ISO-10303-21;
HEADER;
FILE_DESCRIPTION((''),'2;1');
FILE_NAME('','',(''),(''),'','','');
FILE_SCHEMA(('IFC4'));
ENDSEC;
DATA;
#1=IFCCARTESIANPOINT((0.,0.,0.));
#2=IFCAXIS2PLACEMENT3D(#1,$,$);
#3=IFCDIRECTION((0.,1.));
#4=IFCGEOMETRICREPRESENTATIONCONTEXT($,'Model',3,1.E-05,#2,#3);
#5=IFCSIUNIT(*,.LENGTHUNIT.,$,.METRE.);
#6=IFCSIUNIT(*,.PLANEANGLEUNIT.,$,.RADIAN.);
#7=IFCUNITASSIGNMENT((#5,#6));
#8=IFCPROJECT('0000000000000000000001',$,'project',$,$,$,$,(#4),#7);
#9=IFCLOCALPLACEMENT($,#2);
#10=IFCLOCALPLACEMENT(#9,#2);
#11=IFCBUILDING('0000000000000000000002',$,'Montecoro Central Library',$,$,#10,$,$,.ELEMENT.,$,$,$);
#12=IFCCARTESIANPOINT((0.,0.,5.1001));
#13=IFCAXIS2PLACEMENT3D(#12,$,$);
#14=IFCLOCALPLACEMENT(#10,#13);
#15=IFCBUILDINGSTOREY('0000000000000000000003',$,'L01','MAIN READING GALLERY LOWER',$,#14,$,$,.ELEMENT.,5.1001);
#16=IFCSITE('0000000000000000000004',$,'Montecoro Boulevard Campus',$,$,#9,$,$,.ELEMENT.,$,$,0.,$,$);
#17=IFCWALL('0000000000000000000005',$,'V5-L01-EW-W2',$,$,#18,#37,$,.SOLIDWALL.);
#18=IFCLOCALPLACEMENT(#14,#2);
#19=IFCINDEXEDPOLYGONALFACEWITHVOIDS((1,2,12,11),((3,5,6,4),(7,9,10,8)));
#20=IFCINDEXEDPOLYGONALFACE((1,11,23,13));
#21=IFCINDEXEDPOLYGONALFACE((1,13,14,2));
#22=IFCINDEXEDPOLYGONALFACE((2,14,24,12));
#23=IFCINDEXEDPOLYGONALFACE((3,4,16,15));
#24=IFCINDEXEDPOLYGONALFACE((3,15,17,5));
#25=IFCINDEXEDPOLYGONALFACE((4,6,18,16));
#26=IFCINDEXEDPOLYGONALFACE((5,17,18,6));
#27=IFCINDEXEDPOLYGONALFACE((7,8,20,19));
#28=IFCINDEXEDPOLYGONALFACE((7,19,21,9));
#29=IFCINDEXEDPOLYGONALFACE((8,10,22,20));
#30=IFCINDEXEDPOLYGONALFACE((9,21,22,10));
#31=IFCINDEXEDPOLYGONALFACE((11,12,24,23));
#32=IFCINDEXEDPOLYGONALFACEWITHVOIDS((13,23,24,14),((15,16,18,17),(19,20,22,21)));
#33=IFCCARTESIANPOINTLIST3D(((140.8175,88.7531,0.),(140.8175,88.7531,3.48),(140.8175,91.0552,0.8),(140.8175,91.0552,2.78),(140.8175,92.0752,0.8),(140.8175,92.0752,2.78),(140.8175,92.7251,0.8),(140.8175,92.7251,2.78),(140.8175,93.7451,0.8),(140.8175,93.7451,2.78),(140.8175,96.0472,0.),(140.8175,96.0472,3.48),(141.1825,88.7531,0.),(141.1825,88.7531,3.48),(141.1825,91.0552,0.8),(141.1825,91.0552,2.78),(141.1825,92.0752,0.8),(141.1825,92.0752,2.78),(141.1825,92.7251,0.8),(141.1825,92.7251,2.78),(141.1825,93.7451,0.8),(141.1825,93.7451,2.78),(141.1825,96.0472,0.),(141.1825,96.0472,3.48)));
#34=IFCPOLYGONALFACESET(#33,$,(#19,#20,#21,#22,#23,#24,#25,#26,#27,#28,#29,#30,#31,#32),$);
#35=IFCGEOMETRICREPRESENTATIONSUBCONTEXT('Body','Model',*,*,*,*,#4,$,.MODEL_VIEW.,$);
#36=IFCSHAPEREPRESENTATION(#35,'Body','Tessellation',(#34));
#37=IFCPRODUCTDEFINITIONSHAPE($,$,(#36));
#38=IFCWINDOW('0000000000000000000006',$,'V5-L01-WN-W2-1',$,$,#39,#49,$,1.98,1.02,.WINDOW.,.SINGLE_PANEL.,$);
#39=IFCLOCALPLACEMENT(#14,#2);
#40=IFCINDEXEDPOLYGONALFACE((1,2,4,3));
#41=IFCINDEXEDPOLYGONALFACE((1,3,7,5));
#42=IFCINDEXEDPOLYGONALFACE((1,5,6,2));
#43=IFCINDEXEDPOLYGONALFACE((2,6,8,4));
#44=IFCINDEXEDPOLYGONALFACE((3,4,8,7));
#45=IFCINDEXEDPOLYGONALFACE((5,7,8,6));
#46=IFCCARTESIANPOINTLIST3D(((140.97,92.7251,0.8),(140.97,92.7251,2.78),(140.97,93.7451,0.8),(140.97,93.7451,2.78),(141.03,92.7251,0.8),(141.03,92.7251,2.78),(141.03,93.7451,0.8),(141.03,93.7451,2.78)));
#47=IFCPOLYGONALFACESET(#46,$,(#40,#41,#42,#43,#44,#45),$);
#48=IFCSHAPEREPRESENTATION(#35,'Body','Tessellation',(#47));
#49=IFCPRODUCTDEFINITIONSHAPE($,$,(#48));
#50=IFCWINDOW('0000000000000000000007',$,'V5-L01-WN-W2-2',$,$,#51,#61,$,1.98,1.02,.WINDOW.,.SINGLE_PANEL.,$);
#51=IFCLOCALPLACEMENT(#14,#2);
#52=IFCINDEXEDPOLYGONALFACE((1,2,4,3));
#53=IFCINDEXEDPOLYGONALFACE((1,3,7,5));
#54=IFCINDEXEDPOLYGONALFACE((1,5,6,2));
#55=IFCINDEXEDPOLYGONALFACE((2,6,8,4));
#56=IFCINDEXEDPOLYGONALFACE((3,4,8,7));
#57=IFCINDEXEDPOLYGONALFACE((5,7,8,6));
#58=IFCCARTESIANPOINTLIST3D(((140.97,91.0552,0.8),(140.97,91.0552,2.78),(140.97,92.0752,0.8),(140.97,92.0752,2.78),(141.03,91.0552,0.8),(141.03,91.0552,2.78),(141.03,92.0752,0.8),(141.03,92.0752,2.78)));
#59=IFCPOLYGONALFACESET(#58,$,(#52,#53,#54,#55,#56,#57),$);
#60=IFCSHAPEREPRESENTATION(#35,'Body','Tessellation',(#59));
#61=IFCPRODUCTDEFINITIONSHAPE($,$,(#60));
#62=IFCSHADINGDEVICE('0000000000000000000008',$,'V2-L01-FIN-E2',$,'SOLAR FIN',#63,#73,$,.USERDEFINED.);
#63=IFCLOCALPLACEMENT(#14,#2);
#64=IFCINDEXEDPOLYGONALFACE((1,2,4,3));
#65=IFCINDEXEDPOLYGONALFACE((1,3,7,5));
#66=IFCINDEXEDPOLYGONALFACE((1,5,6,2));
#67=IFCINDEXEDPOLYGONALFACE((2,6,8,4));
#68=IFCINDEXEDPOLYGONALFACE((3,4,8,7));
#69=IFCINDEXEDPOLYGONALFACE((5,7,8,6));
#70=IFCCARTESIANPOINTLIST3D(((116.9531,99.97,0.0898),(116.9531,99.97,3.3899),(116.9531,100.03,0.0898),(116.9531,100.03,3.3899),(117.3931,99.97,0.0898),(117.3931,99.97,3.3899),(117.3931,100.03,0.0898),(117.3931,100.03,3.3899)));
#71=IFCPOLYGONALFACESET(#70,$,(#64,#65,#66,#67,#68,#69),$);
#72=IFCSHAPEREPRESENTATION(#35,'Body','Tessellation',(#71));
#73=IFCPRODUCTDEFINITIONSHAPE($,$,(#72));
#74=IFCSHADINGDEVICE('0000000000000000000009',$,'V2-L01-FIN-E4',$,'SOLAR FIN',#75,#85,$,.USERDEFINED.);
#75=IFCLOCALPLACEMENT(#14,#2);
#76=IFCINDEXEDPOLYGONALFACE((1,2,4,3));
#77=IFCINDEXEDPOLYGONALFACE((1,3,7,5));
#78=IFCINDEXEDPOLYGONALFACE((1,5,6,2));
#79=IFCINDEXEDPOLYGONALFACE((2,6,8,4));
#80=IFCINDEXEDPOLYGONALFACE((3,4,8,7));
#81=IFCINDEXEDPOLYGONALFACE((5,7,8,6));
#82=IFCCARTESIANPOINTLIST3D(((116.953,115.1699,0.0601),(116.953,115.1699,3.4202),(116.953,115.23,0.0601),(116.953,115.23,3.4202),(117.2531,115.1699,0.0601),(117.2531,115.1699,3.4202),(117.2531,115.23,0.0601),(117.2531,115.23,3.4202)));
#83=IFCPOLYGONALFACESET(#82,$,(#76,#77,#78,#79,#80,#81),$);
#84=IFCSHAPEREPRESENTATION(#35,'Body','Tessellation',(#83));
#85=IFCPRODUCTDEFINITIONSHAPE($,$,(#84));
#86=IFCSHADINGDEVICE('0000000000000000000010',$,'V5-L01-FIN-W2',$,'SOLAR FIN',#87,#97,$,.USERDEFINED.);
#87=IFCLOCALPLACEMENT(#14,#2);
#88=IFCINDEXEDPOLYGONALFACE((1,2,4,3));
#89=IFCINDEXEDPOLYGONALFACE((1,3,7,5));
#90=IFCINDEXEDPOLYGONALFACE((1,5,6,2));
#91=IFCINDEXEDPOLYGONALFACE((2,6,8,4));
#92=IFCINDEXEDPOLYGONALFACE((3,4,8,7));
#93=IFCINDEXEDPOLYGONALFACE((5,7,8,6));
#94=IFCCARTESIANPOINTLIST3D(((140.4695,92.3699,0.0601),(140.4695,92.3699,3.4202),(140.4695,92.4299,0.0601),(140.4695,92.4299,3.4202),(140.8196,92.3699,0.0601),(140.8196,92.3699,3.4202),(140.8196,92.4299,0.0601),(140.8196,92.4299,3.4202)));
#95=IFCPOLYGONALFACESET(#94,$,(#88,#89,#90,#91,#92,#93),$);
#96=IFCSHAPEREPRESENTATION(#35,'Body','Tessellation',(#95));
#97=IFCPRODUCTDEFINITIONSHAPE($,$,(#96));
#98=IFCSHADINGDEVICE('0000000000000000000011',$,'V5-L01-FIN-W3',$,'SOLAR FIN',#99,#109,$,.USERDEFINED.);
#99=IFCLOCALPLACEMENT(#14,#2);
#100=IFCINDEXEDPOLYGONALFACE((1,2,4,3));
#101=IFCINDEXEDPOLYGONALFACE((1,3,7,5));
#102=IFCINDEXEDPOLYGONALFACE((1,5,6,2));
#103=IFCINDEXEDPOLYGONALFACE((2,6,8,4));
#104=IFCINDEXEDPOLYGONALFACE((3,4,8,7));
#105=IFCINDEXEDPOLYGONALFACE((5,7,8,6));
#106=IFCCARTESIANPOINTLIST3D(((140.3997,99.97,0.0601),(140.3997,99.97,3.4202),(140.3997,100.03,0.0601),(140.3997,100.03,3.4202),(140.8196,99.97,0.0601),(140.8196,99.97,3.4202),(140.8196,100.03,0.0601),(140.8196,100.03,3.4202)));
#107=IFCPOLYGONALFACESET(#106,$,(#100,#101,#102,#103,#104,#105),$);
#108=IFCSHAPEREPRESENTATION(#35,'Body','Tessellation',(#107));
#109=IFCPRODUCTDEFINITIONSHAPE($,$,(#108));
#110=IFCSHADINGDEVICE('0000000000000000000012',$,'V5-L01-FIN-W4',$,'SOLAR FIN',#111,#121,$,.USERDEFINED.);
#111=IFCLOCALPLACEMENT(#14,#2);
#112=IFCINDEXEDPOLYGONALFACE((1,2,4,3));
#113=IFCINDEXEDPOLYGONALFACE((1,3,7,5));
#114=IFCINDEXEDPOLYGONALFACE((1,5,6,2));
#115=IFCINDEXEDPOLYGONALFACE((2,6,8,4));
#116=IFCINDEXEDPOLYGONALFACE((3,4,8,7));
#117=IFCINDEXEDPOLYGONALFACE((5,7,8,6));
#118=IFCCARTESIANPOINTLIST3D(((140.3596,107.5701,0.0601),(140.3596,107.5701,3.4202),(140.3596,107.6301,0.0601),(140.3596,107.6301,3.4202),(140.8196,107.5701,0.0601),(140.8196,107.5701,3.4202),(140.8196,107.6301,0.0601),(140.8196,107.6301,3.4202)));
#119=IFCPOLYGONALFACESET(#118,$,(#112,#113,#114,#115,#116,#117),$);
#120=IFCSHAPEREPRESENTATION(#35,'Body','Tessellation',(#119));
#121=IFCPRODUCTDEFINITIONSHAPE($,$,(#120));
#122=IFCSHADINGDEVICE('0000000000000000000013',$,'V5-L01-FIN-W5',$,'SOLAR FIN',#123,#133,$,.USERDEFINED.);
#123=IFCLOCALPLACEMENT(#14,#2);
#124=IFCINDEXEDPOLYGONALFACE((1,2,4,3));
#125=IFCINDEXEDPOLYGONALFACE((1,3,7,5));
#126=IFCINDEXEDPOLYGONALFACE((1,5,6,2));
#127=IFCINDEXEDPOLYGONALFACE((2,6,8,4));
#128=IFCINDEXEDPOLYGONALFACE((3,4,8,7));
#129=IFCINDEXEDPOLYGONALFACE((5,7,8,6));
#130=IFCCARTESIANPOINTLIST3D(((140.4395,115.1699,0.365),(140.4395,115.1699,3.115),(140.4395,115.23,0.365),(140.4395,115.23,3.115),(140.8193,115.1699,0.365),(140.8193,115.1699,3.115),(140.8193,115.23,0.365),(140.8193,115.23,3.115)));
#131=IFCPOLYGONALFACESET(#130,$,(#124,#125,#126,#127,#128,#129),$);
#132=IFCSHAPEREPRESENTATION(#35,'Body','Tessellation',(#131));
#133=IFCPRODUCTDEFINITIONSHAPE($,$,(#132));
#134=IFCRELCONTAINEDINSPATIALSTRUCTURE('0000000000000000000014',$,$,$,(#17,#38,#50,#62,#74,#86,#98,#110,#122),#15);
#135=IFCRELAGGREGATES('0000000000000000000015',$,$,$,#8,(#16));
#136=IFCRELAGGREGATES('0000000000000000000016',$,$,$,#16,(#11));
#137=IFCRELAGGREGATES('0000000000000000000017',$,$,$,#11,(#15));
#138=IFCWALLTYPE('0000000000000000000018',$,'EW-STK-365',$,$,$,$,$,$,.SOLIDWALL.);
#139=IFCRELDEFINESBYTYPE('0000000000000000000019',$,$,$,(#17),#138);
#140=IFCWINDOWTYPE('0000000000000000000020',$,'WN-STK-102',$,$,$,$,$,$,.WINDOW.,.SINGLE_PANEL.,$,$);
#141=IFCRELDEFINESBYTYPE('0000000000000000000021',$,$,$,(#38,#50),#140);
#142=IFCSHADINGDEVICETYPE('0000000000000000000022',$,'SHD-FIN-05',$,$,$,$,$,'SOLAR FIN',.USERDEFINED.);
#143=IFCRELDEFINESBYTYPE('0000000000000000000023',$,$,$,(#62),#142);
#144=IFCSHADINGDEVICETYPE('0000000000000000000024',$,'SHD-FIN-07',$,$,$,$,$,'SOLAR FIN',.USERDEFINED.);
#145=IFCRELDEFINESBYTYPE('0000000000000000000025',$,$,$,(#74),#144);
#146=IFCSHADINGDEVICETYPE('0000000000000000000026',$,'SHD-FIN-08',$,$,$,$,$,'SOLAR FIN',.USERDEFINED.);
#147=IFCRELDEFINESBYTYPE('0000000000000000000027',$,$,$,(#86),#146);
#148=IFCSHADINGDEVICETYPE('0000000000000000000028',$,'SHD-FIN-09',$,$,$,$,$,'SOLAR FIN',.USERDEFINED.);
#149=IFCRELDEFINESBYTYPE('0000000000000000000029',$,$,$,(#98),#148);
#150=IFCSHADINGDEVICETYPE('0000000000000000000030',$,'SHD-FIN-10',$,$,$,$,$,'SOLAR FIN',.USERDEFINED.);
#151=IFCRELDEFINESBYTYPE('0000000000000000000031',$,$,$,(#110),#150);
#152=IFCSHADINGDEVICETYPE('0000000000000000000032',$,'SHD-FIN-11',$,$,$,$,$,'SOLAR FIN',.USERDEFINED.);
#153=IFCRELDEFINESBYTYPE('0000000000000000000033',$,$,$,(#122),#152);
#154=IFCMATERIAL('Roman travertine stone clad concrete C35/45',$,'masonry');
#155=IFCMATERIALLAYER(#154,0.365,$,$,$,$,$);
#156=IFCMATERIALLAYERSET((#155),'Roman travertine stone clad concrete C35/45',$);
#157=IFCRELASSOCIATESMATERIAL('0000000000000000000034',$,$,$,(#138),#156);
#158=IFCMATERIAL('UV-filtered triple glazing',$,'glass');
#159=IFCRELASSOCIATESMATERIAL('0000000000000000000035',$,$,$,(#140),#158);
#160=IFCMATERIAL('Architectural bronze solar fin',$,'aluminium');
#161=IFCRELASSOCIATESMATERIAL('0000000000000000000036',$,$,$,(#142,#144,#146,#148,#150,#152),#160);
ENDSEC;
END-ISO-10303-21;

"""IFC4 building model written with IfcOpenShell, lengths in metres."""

from ifc_helpers import new_model, si_unit, direction, frame, frame_2d, origin, origin_2d, place, context, subcontext, project, spatial, rectangle, extrude, material, layer, layer_set, type_object, element, fill, save


model = new_model("IFC4")

# Units and contexts
model_context = context("Model", 3, precision=1e-05, world=origin(), true_north=direction((0.0, 1.0)))
body_context = subcontext(model_context, "Body", "Model", "MODEL_VIEW")
ifc_project = project(units=[si_unit("LENGTHUNIT", "METRE"), si_unit("PLANEANGLEUNIT", "RADIAN")], contexts=[model_context])

# Site, building, storey
site_placement = place(None, origin())
site = spatial("IfcSite", under=ifc_project, at=site_placement, Name="Montecoro Boulevard Campus", CompositionType="ELEMENT", RefElevation=0.0)
building_placement = place(site_placement, origin())
building = spatial("IfcBuilding", under=site, at=building_placement, Name="Montecoro Central Library", CompositionType="ELEMENT")
storey_placement = place(building_placement, frame((0.0, 0.0, 5.1001)))
storey = spatial("IfcBuildingStorey", under=building, at=storey_placement, Name="L01", Description="MAIN READING GALLERY LOWER", CompositionType="ELEMENT", Elevation=5.1001)

# Shared definitions
ifc_material_1 = material(Name="Roman travertine stone clad concrete C35/45", Category="masonry")
ifc_layer_1 = layer(ifc_material_1, 0.365)
ifc_layer_set_1 = layer_set([ifc_layer_1], Name="Roman travertine stone clad concrete C35/45")
wall_type = type_object("IfcWallType", Name="EW-STK-365", PredefinedType="SOLIDWALL", material=ifc_layer_set_1)
ifc_material_2 = material(Name="UV-filtered triple glazing", Category="glass")

# Wall, openings, windows
wall_1_placement = place(storey_placement, frame((141.0, 96.0471, 0.0), z_axis=(0.0, 0.0, 1.0), x_axis=(0.0, -1.0, 0.0)))
wall_1 = element("IfcWall", 1, at=wall_1_placement, inside=storey, type_object=wall_type, Name="V5-L01-EW-W2", PredefinedType="SOLIDWALL", context=body_context, shape_type="SweptSolid", body=[
    extrude(rectangle(XDim=7.2942, YDim=0.365, at=frame_2d((3.647, 0.0))), origin(), (0.0, 0.0, 1.0), 3.48),
])
opening_1_placement = place(wall_1_placement, frame((2.302, 0.0, 0.8)))
opening_1 = element("IfcOpeningElement", 2, at=opening_1_placement, cuts=wall_1, PredefinedType="OPENING", context=body_context, shape_type="SweptSolid", body=[
    extrude(rectangle(XDim=1.02, YDim=1.98, at=frame_2d((0.51, 0.99))), frame((0.0, 0.1924, 0.0), z_axis=(0.0, -1.0, 0.0), x_axis=(1.0, 0.0, 0.0)), (0.0, 0.0, 1.0), 0.385),
])
opening_2_placement = place(wall_1_placement, frame((3.9719, 0.0, 0.8)))
opening_2 = element("IfcOpeningElement", 3, at=opening_2_placement, cuts=wall_1, PredefinedType="OPENING", context=body_context, shape_type="SweptSolid", body=[
    extrude(rectangle(XDim=1.02, YDim=1.98, at=frame_2d((0.51, 0.99))), frame((0.0, 0.1924, 0.0), z_axis=(0.0, -1.0, 0.0), x_axis=(1.0, 0.0, 0.0)), (0.0, 0.0, 1.0), 0.385),
])
window_type_1 = type_object("IfcWindowType", Name="WN-STK-102", PartitioningType="SINGLE_PANEL", PredefinedType="WINDOW", material=ifc_material_2)
window_1_placement = place(opening_1_placement, origin())
window_1 = element("IfcWindow", 4, at=window_1_placement, inside=storey, type_object=window_type_1, Name="V5-L01-WN-W2-1", OverallHeight=1.98, OverallWidth=1.02, PartitioningType="SINGLE_PANEL", PredefinedType="WINDOW", context=body_context, shape_type="SweptSolid", body=[
    extrude(rectangle(XDim=1.02, YDim=1.98, at=frame_2d((0.51, 0.99))), frame((0.0, 0.03, 0.0), z_axis=(0.0, -1.0, 0.0), x_axis=(1.0, 0.0, 0.0)), (0.0, 0.0, 1.0), 0.0601),
])
fill(opening_1, window_1)
window_2_placement = place(opening_2_placement, origin())
window_2 = element("IfcWindow", 5, at=window_2_placement, inside=storey, type_object=window_type_1, Name="V5-L01-WN-W2-2", OverallHeight=1.98, OverallWidth=1.02, PartitioningType="SINGLE_PANEL", PredefinedType="WINDOW", context=body_context, shape_type="SweptSolid", body=[
    extrude(rectangle(XDim=1.02, YDim=1.98, at=frame_2d((0.51, 0.99))), frame((0.0, 0.03, 0.0), z_axis=(0.0, -1.0, 0.0), x_axis=(1.0, 0.0, 0.0)), (0.0, 0.0, 1.0), 0.0601),
])
fill(opening_2, window_2)

# Shading devices
ifc_material_3 = material(Name="Architectural bronze solar fin", Category="aluminium")
shading_device_type_1 = type_object("IfcShadingDeviceType", Name="SHD-FIN-05", ElementType="SOLAR FIN", PredefinedType="USERDEFINED", material=ifc_material_3)
shading_device_1_placement = place(storey_placement, frame((117.1731, 100.0, 0.0898), z_axis=(0.0, 0.0, 1.0), x_axis=(0.0, 1.0, 0.0)))
element("IfcShadingDevice", 6, at=shading_device_1_placement, inside=storey, type_object=shading_device_type_1, Name="V2-L01-FIN-E2", ObjectType="SOLAR FIN", PredefinedType="USERDEFINED", context=body_context, shape_type="SweptSolid", body=[
    extrude(rectangle(XDim=0.0601, YDim=0.4399, at=origin_2d()), origin(), (0.0, 0.0, 1.0), 3.3),
])
shading_device_type_2 = type_object("IfcShadingDeviceType", Name="SHD-FIN-07", ElementType="SOLAR FIN", PredefinedType="USERDEFINED", material=ifc_material_3)
shading_device_2_placement = place(storey_placement, frame((117.103, 115.2, 0.0601), z_axis=(0.0, 0.0, 1.0), x_axis=(0.0, 1.0, 0.0)))
element("IfcShadingDevice", 7, at=shading_device_2_placement, inside=storey, type_object=shading_device_type_2, Name="V2-L01-FIN-E4", ObjectType="SOLAR FIN", PredefinedType="USERDEFINED", context=body_context, shape_type="SweptSolid", body=[
    extrude(rectangle(XDim=0.0601, YDim=0.3, at=origin_2d()), origin(), (0.0, 0.0, 1.0), 3.3601),
])
shading_device_type_3 = type_object("IfcShadingDeviceType", Name="SHD-FIN-08", ElementType="SOLAR FIN", PredefinedType="USERDEFINED", material=ifc_material_3)
shading_device_3_placement = place(storey_placement, frame((140.6445, 92.3999, 0.0601), z_axis=(0.0, 0.0, 1.0), x_axis=(0.0, -1.0, 0.0)))
element("IfcShadingDevice", 8, at=shading_device_3_placement, inside=storey, type_object=shading_device_type_3, Name="V5-L01-FIN-W2", ObjectType="SOLAR FIN", PredefinedType="USERDEFINED", context=body_context, shape_type="SweptSolid", body=[
    extrude(rectangle(XDim=0.0601, YDim=0.3501, at=origin_2d()), origin(), (0.0, 0.0, 1.0), 3.3601),
])
shading_device_type_4 = type_object("IfcShadingDeviceType", Name="SHD-FIN-09", ElementType="SOLAR FIN", PredefinedType="USERDEFINED", material=ifc_material_3)
shading_device_4_placement = place(storey_placement, frame((140.6096, 100.0, 0.0601), z_axis=(0.0, 0.0, 1.0), x_axis=(0.0, -1.0, 0.0)))
element("IfcShadingDevice", 9, at=shading_device_4_placement, inside=storey, type_object=shading_device_type_4, Name="V5-L01-FIN-W3", ObjectType="SOLAR FIN", PredefinedType="USERDEFINED", context=body_context, shape_type="SweptSolid", body=[
    extrude(rectangle(XDim=0.0601, YDim=0.4199, at=origin_2d()), origin(), (0.0, 0.0, 1.0), 3.3601),
])
shading_device_type_5 = type_object("IfcShadingDeviceType", Name="SHD-FIN-10", ElementType="SOLAR FIN", PredefinedType="USERDEFINED", material=ifc_material_3)
shading_device_5_placement = place(storey_placement, frame((140.5896, 107.6001, 0.0601), z_axis=(0.0, 0.0, 1.0), x_axis=(0.0, -1.0, 0.0)))
element("IfcShadingDevice", 10, at=shading_device_5_placement, inside=storey, type_object=shading_device_type_5, Name="V5-L01-FIN-W4", ObjectType="SOLAR FIN", PredefinedType="USERDEFINED", context=body_context, shape_type="SweptSolid", body=[
    extrude(rectangle(XDim=0.0601, YDim=0.46, at=origin_2d()), origin(), (0.0, 0.0, 1.0), 3.3601),
])
shading_device_type_6 = type_object("IfcShadingDeviceType", Name="SHD-FIN-11", ElementType="SOLAR FIN", PredefinedType="USERDEFINED", material=ifc_material_3)
shading_device_6_placement = place(storey_placement, frame((140.6294, 115.2, 0.365), z_axis=(0.0, 0.0, 1.0), x_axis=(0.0, -1.0, 0.0)))
element("IfcShadingDevice", 11, at=shading_device_6_placement, inside=storey, type_object=shading_device_type_6, Name="V5-L01-FIN-W5", ObjectType="SOLAR FIN", PredefinedType="USERDEFINED", context=body_context, shape_type="SweptSolid", body=[
    extrude(rectangle(XDim=0.0601, YDim=0.3799, at=origin_2d()), origin(), (0.0, 0.0, 1.0), 2.75),
])

save(model, "model.ifc")
